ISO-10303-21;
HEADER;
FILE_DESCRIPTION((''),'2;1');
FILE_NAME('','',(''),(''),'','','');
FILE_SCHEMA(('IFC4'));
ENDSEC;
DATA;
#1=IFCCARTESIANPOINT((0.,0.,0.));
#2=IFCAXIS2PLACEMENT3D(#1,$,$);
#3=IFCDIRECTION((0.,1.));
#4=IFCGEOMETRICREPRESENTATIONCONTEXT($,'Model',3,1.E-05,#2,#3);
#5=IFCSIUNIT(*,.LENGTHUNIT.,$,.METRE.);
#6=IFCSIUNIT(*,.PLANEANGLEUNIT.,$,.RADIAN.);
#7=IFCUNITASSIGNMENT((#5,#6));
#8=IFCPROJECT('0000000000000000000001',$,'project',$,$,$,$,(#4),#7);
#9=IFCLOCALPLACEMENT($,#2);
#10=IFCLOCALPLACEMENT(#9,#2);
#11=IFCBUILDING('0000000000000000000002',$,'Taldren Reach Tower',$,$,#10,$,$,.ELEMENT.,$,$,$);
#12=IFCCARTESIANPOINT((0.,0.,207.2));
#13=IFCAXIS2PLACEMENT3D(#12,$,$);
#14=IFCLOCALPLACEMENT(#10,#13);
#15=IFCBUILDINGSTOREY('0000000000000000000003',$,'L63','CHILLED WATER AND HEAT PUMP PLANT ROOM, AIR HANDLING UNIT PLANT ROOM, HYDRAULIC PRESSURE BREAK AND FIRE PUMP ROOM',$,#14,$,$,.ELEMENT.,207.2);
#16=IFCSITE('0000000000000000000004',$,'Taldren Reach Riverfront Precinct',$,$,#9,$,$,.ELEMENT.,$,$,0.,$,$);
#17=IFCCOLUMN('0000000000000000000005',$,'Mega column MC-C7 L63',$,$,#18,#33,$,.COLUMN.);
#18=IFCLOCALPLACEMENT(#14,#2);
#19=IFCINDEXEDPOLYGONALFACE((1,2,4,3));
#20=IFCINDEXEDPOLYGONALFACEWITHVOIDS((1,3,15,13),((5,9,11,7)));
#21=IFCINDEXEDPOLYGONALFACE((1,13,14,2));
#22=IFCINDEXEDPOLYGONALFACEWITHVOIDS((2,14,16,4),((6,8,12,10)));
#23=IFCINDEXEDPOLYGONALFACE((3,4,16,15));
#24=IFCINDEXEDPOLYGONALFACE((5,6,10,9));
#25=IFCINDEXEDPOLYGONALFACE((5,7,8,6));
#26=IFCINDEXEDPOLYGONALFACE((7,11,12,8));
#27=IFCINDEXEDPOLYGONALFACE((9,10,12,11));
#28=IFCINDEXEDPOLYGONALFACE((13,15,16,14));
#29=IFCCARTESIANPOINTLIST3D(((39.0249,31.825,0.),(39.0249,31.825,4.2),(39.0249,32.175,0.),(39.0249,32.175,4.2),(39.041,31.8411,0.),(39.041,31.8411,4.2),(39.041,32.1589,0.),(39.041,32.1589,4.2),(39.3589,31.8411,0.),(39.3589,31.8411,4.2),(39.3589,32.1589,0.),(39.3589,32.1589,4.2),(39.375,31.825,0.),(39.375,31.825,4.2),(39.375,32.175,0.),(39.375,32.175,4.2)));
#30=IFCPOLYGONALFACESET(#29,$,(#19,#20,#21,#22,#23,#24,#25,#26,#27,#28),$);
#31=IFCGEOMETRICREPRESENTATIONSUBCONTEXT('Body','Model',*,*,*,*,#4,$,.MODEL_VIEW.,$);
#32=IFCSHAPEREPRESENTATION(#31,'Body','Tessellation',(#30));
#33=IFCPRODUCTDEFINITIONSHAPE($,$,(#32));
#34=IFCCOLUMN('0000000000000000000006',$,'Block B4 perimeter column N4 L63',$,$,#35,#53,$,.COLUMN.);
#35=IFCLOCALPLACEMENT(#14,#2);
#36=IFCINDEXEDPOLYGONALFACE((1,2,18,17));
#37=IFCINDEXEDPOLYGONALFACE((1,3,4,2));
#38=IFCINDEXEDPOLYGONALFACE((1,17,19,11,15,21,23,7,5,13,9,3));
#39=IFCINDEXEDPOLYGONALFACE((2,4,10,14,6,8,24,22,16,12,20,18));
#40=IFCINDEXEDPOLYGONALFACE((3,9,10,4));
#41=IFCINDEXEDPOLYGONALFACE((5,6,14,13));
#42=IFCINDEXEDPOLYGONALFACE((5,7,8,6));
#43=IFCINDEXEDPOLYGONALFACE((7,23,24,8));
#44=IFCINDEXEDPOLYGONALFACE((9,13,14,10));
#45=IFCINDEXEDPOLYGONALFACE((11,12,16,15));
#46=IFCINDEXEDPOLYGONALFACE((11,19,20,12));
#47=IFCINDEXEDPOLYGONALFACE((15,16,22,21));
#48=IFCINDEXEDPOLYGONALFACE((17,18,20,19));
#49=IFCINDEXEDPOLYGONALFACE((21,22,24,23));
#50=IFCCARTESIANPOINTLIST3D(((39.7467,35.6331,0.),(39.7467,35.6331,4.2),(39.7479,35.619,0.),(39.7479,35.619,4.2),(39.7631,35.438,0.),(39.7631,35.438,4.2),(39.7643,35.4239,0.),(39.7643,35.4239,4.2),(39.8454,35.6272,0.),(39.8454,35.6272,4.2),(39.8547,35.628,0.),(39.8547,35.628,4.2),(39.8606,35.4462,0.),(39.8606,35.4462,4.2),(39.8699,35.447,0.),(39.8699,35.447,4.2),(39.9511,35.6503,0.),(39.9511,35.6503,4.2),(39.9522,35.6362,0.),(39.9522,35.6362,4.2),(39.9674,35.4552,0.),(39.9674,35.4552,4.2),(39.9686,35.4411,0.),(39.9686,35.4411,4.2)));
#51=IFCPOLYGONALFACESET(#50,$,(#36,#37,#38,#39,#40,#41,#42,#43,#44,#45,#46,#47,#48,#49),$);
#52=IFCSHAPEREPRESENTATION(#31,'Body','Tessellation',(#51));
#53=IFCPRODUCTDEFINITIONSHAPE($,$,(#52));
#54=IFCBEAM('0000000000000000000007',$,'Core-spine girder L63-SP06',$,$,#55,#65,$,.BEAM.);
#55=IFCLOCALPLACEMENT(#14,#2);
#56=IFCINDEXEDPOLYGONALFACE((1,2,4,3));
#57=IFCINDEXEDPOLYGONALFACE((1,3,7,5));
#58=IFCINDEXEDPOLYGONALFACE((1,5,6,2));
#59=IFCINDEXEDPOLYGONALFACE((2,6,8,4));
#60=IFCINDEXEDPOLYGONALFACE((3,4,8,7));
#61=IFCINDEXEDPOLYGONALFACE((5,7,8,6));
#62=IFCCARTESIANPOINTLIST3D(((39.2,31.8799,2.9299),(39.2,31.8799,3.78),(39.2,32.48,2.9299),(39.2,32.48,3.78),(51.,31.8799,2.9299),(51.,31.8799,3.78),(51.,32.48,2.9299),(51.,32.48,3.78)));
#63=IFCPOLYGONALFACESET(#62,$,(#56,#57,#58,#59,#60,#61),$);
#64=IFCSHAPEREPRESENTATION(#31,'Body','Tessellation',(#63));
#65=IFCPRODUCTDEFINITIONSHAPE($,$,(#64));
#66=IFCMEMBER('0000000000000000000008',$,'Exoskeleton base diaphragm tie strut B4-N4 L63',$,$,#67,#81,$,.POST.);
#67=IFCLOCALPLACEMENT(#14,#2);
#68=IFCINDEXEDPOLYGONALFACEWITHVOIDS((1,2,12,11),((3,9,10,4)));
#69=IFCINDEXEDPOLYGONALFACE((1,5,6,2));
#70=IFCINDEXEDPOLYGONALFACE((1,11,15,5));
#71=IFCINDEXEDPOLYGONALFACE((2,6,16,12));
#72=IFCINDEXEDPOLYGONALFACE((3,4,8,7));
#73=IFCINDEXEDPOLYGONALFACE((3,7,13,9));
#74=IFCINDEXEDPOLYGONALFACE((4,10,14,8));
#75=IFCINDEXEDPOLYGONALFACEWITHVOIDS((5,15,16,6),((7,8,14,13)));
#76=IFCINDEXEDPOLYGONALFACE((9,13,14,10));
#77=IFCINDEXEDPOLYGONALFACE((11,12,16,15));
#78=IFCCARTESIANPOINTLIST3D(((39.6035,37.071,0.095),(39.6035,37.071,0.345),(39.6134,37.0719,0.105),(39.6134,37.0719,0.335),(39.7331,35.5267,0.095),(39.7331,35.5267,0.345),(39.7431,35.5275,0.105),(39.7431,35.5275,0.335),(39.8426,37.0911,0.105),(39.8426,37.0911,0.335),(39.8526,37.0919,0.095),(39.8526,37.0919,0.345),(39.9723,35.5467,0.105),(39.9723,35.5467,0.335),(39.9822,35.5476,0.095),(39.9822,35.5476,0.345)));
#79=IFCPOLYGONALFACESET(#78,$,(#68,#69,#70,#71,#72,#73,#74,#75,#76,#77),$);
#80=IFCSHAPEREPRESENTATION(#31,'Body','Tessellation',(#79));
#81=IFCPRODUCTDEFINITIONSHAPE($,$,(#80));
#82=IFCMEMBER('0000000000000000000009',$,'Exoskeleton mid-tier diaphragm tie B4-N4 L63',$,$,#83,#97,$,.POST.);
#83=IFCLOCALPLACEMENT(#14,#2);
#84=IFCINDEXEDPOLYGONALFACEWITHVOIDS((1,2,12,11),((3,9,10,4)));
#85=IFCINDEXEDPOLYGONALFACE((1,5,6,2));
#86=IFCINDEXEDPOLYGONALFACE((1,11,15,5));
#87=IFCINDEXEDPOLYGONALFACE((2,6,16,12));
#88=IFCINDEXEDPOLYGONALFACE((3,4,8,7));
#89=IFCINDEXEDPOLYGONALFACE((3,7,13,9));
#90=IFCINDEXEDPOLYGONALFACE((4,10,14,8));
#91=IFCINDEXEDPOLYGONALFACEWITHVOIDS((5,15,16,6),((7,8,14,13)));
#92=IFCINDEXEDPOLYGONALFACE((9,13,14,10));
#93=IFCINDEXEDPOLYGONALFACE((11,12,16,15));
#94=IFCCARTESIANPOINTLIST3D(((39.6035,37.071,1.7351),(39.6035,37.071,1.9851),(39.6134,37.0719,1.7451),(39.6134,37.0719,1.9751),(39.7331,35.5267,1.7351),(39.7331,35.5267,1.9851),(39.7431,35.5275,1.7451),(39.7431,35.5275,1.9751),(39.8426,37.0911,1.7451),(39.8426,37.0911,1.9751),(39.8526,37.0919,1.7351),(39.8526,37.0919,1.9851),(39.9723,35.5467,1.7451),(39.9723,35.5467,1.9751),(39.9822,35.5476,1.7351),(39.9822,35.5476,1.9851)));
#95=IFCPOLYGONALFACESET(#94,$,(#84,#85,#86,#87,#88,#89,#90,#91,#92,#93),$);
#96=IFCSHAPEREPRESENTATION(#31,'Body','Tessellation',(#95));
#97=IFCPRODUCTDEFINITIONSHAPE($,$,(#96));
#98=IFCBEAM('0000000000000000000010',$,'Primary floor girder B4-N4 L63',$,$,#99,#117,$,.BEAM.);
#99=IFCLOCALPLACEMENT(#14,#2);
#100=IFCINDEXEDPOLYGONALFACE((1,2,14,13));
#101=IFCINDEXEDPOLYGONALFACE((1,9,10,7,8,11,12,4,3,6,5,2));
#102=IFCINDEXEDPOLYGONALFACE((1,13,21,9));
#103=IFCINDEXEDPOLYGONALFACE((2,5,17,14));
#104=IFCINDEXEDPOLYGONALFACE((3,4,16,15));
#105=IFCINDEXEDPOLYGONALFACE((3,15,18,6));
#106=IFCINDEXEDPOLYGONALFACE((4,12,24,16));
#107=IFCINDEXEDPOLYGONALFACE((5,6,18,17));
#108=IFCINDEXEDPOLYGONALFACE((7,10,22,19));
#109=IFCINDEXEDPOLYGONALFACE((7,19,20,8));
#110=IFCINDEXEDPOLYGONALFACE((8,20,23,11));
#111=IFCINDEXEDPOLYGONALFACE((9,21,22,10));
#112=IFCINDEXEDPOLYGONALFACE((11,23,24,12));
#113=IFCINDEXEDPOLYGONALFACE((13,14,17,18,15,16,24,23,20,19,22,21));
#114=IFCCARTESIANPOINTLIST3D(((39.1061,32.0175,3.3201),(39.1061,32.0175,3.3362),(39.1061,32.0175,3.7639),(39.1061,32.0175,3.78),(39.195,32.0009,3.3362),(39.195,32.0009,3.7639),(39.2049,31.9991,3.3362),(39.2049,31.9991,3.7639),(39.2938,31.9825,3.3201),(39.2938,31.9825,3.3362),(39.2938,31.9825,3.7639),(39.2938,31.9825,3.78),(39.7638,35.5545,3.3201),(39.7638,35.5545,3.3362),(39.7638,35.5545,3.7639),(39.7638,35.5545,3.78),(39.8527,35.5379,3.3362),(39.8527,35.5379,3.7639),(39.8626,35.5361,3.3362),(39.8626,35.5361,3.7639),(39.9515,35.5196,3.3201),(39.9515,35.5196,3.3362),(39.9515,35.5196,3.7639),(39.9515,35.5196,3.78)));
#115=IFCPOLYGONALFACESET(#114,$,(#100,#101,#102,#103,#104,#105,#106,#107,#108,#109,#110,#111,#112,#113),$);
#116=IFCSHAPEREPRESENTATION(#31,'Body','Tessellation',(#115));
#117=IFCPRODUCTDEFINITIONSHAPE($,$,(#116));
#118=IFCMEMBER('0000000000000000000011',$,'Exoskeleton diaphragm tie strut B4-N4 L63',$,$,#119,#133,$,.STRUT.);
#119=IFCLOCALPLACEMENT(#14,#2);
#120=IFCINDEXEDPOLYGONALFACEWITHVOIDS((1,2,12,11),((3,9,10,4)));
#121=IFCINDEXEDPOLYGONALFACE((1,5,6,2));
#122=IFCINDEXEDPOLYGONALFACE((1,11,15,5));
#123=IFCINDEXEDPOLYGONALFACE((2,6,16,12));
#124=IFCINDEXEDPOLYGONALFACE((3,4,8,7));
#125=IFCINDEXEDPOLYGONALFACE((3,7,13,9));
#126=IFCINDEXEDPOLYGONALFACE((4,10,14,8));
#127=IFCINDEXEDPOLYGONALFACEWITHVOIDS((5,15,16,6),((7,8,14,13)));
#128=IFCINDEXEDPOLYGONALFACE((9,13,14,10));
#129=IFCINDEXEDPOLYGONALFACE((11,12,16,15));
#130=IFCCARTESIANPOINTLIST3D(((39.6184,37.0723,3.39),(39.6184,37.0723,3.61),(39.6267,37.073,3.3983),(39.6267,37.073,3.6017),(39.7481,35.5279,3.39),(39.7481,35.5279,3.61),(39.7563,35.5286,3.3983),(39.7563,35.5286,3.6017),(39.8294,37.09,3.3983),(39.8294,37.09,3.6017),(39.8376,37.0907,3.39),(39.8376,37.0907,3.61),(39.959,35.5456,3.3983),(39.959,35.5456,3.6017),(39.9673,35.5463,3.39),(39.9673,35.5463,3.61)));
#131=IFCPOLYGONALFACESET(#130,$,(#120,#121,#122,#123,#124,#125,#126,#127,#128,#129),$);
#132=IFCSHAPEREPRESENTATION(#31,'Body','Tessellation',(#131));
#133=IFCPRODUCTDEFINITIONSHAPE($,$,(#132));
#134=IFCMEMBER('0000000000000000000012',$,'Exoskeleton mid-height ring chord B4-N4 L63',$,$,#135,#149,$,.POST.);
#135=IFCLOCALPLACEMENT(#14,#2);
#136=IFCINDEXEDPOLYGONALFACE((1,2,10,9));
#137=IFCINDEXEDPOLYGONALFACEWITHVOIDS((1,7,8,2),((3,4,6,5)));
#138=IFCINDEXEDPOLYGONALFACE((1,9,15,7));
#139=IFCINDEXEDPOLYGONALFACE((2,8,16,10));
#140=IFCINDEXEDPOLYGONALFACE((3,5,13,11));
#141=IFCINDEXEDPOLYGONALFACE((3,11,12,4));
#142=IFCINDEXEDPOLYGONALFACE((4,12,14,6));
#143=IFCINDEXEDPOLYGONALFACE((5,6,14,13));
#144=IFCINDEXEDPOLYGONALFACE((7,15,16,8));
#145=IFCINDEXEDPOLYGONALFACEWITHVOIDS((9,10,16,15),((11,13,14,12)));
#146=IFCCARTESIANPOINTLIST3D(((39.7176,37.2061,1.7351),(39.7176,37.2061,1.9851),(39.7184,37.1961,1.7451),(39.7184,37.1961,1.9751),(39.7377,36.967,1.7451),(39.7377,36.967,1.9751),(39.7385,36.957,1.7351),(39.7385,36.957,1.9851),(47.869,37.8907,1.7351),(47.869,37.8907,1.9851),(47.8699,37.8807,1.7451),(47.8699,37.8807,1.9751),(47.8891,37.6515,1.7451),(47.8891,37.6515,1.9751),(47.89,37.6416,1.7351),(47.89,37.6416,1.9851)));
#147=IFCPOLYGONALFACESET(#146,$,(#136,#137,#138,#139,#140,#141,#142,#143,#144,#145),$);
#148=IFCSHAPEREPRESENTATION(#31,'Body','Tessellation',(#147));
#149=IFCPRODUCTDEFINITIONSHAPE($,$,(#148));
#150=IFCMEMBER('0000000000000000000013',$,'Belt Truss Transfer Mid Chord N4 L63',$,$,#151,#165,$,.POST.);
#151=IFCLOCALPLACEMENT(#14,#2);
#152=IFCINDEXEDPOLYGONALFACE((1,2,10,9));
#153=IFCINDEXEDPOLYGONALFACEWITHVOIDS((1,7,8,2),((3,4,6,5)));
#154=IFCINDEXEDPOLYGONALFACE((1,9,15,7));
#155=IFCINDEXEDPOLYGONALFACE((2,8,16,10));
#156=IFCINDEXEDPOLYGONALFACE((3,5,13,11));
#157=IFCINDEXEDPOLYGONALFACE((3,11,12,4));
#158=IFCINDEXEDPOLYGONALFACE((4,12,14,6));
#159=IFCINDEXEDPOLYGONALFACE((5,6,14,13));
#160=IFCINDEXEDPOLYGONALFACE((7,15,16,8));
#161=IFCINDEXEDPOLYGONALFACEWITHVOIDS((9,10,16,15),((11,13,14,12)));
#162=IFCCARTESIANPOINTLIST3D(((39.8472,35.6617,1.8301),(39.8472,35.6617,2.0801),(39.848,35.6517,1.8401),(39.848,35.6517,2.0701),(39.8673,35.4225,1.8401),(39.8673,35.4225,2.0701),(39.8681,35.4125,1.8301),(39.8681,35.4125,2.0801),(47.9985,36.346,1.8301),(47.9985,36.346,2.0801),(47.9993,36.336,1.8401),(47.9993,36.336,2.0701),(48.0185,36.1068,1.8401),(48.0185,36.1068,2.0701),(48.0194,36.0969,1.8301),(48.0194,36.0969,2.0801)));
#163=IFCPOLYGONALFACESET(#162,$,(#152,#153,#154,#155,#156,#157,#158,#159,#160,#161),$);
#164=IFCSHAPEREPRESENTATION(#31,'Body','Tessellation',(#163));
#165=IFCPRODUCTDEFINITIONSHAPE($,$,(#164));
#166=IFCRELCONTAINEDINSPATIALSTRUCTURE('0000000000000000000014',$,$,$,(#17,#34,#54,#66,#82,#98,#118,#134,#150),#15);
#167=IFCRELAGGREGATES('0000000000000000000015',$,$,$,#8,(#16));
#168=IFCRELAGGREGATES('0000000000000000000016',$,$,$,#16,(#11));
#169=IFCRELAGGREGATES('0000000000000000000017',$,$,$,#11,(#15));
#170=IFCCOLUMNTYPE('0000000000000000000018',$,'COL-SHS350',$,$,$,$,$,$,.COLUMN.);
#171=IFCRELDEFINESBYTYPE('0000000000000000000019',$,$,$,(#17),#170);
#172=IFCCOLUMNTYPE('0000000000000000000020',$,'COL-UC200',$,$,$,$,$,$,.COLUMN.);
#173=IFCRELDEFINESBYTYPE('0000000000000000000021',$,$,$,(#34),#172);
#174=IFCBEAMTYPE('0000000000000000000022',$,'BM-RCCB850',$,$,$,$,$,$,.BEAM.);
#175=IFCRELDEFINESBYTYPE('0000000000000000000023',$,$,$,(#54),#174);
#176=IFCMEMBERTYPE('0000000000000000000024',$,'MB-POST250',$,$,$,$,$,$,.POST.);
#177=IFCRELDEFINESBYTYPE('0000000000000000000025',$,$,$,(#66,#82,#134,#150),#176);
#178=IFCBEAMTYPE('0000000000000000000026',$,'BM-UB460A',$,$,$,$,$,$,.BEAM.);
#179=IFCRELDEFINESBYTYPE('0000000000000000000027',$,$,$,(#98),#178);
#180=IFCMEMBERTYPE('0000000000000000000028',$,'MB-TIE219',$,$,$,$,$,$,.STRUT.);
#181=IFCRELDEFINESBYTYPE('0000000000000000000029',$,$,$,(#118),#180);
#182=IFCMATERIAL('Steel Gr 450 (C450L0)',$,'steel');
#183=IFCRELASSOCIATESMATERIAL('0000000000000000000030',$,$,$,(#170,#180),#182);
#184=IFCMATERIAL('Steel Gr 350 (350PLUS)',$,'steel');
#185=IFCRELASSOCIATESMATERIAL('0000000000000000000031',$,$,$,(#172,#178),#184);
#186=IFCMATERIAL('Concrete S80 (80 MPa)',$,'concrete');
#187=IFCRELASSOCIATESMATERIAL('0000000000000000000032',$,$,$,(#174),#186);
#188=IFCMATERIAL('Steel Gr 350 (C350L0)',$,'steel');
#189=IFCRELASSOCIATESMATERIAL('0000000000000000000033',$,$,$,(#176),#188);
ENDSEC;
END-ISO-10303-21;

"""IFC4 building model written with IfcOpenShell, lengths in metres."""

from ifc_helpers import new_model, si_unit, direction, frame, origin, origin_2d, place, context, subcontext, project, spatial, rectangle, hollow_rectangle, i_section, extrude, source, transform, mapped, material, material_profile, profile_set, type_object, element, save


model = new_model("IFC4")

# Units and contexts
model_context = context("Model", 3, precision=1e-05, world=origin(), true_north=direction((0.0, 1.0)))
body_context = subcontext(model_context, "Body", "Model", "MODEL_VIEW")
ifc_project = project(units=[si_unit("LENGTHUNIT", "METRE"), si_unit("PLANEANGLEUNIT", "RADIAN")], contexts=[model_context])

# Site, building, storey
site_placement = place(None, origin())
site = spatial("IfcSite", under=ifc_project, at=site_placement, Name="Taldren Reach Riverfront Precinct", CompositionType="ELEMENT", RefElevation=0.0)
building_placement = place(site_placement, origin())
building = spatial("IfcBuilding", under=site, at=building_placement, Name="Taldren Reach Tower", CompositionType="ELEMENT")
storey_placement = place(building_placement, frame((0.0, 0.0, 207.2)))
storey = spatial("IfcBuildingStorey", under=building, at=storey_placement, Name="L63", Description="CHILLED WATER AND HEAT PUMP PLANT ROOM, AIR HANDLING UNIT PLANT ROOM, HYDRAULIC PRESSURE BREAK AND FIRE PUMP ROOM", CompositionType="ELEMENT", Elevation=207.2)

# Columns
ifc_material_1 = material(Name="Steel Gr 450 (C450L0)", Category="steel")
ifc_material_profile_1 = material_profile(ifc_material_1, hollow_rectangle(XDim=0.3501, YDim=0.3501, WallThickness=0.0161, at=origin_2d()), Name="350x350x16.0SHS")
ifc_profile_set_1 = profile_set([ifc_material_profile_1], Name="Steel Gr 450 (C450L0)")
column_type_1 = type_object("IfcColumnType", Name="COL-SHS350", PredefinedType="COLUMN", material=ifc_profile_set_1)
shared_shape_1 = source(origin(), body_context, "Body", "SweptSolid", [
    extrude(hollow_rectangle(XDim=0.3501, YDim=0.3501, WallThickness=0.0161, at=origin_2d()), origin(), (0.0, 0.0, 1.0), 4.2),
])
column_1_placement = place(storey_placement, frame((39.2, 32.0, 0.0), z_axis=(0.0, 0.0, 1.0), x_axis=(1.0, 0.0, 0.0)))
element("IfcColumn", 1, at=column_1_placement, inside=storey, type_object=column_type_1, Name="Mega column MC-C7 L63", PredefinedType="COLUMN", context=body_context, shape_type="MappedRepresentation", body=[
    mapped(shared_shape_1, transform((0.0, 0.0, 0.0), scale=1.0)),
])
ifc_material_2 = material(Name="Steel Gr 350 (350PLUS)", Category="steel")
ifc_material_profile_2 = material_profile(ifc_material_2, i_section(OverallWidth=0.2051, OverallDepth=0.21, WebThickness=0.0093, FlangeThickness=0.0142, at=origin_2d()), Name="200UC59.5")
ifc_profile_set_2 = profile_set([ifc_material_profile_2], Name="Steel Gr 350 (350PLUS)")
column_type_2 = type_object("IfcColumnType", Name="COL-UC200", PredefinedType="COLUMN", material=ifc_profile_set_2)
shared_shape_2 = source(origin(), body_context, "Body", "SweptSolid", [
    extrude(i_section(OverallWidth=0.2051, OverallDepth=0.21, WebThickness=0.0093, FlangeThickness=0.0142, at=origin_2d()), origin(), (0.0, 0.0, 1.0), 4.2),
])
column_2_placement = place(storey_placement, frame((39.8577, 35.5371, 0.0), z_axis=(0.0, 0.0, 1.0), x_axis=(0.996493, 0.083678, 0.0)))
element("IfcColumn", 2, at=column_2_placement, inside=storey, type_object=column_type_2, Name="Block B4 perimeter column N4 L63", PredefinedType="COLUMN", context=body_context, shape_type="MappedRepresentation", body=[
    mapped(shared_shape_2, transform((0.0, 0.0, 0.0), scale=1.0)),
])

# Beam
ifc_material_3 = material(Name="Concrete S80 (80 MPa)", Category="concrete")
ifc_material_profile_3 = material_profile(ifc_material_3, rectangle(XDim=0.6001, YDim=0.8501, at=origin_2d()), Name="RC-CB600x850")
ifc_profile_set_3 = profile_set([ifc_material_profile_3], Name="Concrete S80 (80 MPa)")
beam_type_1 = type_object("IfcBeamType", Name="BM-RCCB850", PredefinedType="BEAM", material=ifc_profile_set_3)
shared_shape_3 = source(origin(), body_context, "Body", "SweptSolid", [
    extrude(rectangle(XDim=0.6001, YDim=0.8501, at=origin_2d()), origin(), (0.0, 0.0, 1.0), 11.8),
])
beam_1_placement = place(storey_placement, frame((39.2, 32.1799, 3.355), z_axis=(1.0, 0.0, 0.0), x_axis=(0.0, 1.0, 0.0)))
element("IfcBeam", 3, at=beam_1_placement, inside=storey, type_object=beam_type_1, Name="Core-spine girder L63-SP06", PredefinedType="BEAM", context=body_context, shape_type="MappedRepresentation", body=[
    mapped(shared_shape_3, transform((0.0, 0.0, 0.0), scale=1.0)),
])

# Members
ifc_material_4 = material(Name="Steel Gr 350 (C350L0)", Category="steel")
ifc_material_profile_4 = material_profile(ifc_material_4, hollow_rectangle(XDim=0.25, YDim=0.25, WallThickness=0.01, at=origin_2d()), Name="250x250x10.0SHS")
ifc_profile_set_4 = profile_set([ifc_material_profile_4], Name="Steel Gr 350 (C350L0)")
member_type_1 = type_object("IfcMemberType", Name="MB-POST250", PredefinedType="POST", material=ifc_profile_set_4)
shared_shape_4 = source(origin(), body_context, "Body", "SweptSolid", [
    extrude(hollow_rectangle(XDim=0.25, YDim=0.25, WallThickness=0.01, at=origin_2d()), origin(), (0.0, 0.0, 1.0), 1.5498),
])
for number, where, z_axis, x_axis, name in (
    (4, (39.8577, 35.5371, 0.22), (-0.083645, 0.996496, 0.0), (-0.996496, -0.083645, 0.0), "Exoskeleton base diaphragm tie strut B4-N4 L63"),
    (5, (39.8577, 35.5371, 1.8601), (-0.083645, 0.996496, 0.0), (-0.996496, -0.083645, 0.0), "Exoskeleton mid-tier diaphragm tie B4-N4 L63"),
):
    element("IfcMember", number, at=place(storey_placement, frame(where, z_axis=z_axis, x_axis=x_axis)), inside=storey, type_object=member_type_1, Name=name, PredefinedType="POST", context=body_context, shape_type="MappedRepresentation", body=[
        mapped(shared_shape_4, transform((0.0, 0.0, 0.0), scale=1.0)),
    ])

# Beam
ifc_material_profile_5 = material_profile(ifc_material_2, i_section(OverallWidth=0.1909, OverallDepth=0.46, WebThickness=0.01, FlangeThickness=0.0161, at=origin_2d()), Name="460UB82.1")
ifc_profile_set_5 = profile_set([ifc_material_profile_5], Name="Steel Gr 350 (350PLUS)")
beam_type_2 = type_object("IfcBeamType", Name="BM-UB460A", PredefinedType="BEAM", material=ifc_profile_set_5)
shared_shape_5 = source(origin(), body_context, "Body", "SweptSolid", [
    extrude(i_section(OverallWidth=0.1909, OverallDepth=0.46, WebThickness=0.01, FlangeThickness=0.0161, at=origin_2d()), origin(), (0.0, 0.0, 1.0), 3.5977),
])
beam_2_placement = place(storey_placement, frame((39.2, 32.0, 3.55), z_axis=(0.182813, 0.983148, 0.0), x_axis=(-0.983148, 0.182813, 0.0)))
element("IfcBeam", 6, at=beam_2_placement, inside=storey, type_object=beam_type_2, Name="Primary floor girder B4-N4 L63", PredefinedType="BEAM", context=body_context, shape_type="MappedRepresentation", body=[
    mapped(shared_shape_5, transform((0.0, 0.0, 0.0), scale=1.0)),
])

# Members
ifc_material_profile_6 = material_profile(ifc_material_1, hollow_rectangle(XDim=0.22, YDim=0.22, WallThickness=0.0083, at=origin_2d()), Name="220x220x8.2SHS")
ifc_profile_set_6 = profile_set([ifc_material_profile_6], Name="Steel Gr 450 (C450L0)")
member_type_2 = type_object("IfcMemberType", Name="MB-TIE219", PredefinedType="STRUT", material=ifc_profile_set_6)
shared_shape_6 = source(origin(), body_context, "Body", "SweptSolid", [
    extrude(hollow_rectangle(XDim=0.22, YDim=0.22, WallThickness=0.0083, at=origin_2d()), origin(), (0.0, 0.0, 1.0), 1.5498),
])
member_1_placement = place(storey_placement, frame((39.8577, 35.5371, 3.5), z_axis=(-0.083645, 0.996496, 0.0), x_axis=(-0.996496, -0.083645, 0.0)))
element("IfcMember", 7, at=member_1_placement, inside=storey, type_object=member_type_2, Name="Exoskeleton diaphragm tie strut B4-N4 L63", PredefinedType="STRUT", context=body_context, shape_type="MappedRepresentation", body=[
    mapped(shared_shape_6, transform((0.0, 0.0, 0.0), scale=1.0)),
])
shared_shape_7 = source(origin(), body_context, "Body", "SweptSolid", [
    extrude(hollow_rectangle(XDim=0.25, YDim=0.25, WallThickness=0.01, at=origin_2d()), origin(), (0.0, 0.0, 1.0), 8.1802),
])
member_2_placement = place(storey_placement, frame((39.728, 37.0815, 1.8601), z_axis=(0.996492, 0.083688, 0.0), x_axis=(-0.083688, 0.996492, 0.0)))
element("IfcMember", 8, at=member_2_placement, inside=storey, type_object=member_type_1, Name="Exoskeleton mid-height ring chord B4-N4 L63", PredefinedType="POST", context=body_context, shape_type="MappedRepresentation", body=[
    mapped(shared_shape_7, transform((0.0, 0.0, 0.0), scale=1.0)),
])
shared_shape_8 = source(origin(), body_context, "Body", "SweptSolid", [
    extrude(hollow_rectangle(XDim=0.25, YDim=0.25, WallThickness=0.01, at=origin_2d()), origin(), (0.0, 0.0, 1.0), 8.1799),
])
member_3_placement = place(storey_placement, frame((39.8577, 35.5371, 1.9551), z_axis=(0.996495, 0.083658, 0.0), x_axis=(-0.083658, 0.996495, 0.0)))
element("IfcMember", 9, at=member_3_placement, inside=storey, type_object=member_type_1, Name="Belt Truss Transfer Mid Chord N4 L63", PredefinedType="POST", context=body_context, shape_type="MappedRepresentation", body=[
    mapped(shared_shape_8, transform((0.0, 0.0, 0.0), scale=1.0)),
])

save(model, "model.ifc")
